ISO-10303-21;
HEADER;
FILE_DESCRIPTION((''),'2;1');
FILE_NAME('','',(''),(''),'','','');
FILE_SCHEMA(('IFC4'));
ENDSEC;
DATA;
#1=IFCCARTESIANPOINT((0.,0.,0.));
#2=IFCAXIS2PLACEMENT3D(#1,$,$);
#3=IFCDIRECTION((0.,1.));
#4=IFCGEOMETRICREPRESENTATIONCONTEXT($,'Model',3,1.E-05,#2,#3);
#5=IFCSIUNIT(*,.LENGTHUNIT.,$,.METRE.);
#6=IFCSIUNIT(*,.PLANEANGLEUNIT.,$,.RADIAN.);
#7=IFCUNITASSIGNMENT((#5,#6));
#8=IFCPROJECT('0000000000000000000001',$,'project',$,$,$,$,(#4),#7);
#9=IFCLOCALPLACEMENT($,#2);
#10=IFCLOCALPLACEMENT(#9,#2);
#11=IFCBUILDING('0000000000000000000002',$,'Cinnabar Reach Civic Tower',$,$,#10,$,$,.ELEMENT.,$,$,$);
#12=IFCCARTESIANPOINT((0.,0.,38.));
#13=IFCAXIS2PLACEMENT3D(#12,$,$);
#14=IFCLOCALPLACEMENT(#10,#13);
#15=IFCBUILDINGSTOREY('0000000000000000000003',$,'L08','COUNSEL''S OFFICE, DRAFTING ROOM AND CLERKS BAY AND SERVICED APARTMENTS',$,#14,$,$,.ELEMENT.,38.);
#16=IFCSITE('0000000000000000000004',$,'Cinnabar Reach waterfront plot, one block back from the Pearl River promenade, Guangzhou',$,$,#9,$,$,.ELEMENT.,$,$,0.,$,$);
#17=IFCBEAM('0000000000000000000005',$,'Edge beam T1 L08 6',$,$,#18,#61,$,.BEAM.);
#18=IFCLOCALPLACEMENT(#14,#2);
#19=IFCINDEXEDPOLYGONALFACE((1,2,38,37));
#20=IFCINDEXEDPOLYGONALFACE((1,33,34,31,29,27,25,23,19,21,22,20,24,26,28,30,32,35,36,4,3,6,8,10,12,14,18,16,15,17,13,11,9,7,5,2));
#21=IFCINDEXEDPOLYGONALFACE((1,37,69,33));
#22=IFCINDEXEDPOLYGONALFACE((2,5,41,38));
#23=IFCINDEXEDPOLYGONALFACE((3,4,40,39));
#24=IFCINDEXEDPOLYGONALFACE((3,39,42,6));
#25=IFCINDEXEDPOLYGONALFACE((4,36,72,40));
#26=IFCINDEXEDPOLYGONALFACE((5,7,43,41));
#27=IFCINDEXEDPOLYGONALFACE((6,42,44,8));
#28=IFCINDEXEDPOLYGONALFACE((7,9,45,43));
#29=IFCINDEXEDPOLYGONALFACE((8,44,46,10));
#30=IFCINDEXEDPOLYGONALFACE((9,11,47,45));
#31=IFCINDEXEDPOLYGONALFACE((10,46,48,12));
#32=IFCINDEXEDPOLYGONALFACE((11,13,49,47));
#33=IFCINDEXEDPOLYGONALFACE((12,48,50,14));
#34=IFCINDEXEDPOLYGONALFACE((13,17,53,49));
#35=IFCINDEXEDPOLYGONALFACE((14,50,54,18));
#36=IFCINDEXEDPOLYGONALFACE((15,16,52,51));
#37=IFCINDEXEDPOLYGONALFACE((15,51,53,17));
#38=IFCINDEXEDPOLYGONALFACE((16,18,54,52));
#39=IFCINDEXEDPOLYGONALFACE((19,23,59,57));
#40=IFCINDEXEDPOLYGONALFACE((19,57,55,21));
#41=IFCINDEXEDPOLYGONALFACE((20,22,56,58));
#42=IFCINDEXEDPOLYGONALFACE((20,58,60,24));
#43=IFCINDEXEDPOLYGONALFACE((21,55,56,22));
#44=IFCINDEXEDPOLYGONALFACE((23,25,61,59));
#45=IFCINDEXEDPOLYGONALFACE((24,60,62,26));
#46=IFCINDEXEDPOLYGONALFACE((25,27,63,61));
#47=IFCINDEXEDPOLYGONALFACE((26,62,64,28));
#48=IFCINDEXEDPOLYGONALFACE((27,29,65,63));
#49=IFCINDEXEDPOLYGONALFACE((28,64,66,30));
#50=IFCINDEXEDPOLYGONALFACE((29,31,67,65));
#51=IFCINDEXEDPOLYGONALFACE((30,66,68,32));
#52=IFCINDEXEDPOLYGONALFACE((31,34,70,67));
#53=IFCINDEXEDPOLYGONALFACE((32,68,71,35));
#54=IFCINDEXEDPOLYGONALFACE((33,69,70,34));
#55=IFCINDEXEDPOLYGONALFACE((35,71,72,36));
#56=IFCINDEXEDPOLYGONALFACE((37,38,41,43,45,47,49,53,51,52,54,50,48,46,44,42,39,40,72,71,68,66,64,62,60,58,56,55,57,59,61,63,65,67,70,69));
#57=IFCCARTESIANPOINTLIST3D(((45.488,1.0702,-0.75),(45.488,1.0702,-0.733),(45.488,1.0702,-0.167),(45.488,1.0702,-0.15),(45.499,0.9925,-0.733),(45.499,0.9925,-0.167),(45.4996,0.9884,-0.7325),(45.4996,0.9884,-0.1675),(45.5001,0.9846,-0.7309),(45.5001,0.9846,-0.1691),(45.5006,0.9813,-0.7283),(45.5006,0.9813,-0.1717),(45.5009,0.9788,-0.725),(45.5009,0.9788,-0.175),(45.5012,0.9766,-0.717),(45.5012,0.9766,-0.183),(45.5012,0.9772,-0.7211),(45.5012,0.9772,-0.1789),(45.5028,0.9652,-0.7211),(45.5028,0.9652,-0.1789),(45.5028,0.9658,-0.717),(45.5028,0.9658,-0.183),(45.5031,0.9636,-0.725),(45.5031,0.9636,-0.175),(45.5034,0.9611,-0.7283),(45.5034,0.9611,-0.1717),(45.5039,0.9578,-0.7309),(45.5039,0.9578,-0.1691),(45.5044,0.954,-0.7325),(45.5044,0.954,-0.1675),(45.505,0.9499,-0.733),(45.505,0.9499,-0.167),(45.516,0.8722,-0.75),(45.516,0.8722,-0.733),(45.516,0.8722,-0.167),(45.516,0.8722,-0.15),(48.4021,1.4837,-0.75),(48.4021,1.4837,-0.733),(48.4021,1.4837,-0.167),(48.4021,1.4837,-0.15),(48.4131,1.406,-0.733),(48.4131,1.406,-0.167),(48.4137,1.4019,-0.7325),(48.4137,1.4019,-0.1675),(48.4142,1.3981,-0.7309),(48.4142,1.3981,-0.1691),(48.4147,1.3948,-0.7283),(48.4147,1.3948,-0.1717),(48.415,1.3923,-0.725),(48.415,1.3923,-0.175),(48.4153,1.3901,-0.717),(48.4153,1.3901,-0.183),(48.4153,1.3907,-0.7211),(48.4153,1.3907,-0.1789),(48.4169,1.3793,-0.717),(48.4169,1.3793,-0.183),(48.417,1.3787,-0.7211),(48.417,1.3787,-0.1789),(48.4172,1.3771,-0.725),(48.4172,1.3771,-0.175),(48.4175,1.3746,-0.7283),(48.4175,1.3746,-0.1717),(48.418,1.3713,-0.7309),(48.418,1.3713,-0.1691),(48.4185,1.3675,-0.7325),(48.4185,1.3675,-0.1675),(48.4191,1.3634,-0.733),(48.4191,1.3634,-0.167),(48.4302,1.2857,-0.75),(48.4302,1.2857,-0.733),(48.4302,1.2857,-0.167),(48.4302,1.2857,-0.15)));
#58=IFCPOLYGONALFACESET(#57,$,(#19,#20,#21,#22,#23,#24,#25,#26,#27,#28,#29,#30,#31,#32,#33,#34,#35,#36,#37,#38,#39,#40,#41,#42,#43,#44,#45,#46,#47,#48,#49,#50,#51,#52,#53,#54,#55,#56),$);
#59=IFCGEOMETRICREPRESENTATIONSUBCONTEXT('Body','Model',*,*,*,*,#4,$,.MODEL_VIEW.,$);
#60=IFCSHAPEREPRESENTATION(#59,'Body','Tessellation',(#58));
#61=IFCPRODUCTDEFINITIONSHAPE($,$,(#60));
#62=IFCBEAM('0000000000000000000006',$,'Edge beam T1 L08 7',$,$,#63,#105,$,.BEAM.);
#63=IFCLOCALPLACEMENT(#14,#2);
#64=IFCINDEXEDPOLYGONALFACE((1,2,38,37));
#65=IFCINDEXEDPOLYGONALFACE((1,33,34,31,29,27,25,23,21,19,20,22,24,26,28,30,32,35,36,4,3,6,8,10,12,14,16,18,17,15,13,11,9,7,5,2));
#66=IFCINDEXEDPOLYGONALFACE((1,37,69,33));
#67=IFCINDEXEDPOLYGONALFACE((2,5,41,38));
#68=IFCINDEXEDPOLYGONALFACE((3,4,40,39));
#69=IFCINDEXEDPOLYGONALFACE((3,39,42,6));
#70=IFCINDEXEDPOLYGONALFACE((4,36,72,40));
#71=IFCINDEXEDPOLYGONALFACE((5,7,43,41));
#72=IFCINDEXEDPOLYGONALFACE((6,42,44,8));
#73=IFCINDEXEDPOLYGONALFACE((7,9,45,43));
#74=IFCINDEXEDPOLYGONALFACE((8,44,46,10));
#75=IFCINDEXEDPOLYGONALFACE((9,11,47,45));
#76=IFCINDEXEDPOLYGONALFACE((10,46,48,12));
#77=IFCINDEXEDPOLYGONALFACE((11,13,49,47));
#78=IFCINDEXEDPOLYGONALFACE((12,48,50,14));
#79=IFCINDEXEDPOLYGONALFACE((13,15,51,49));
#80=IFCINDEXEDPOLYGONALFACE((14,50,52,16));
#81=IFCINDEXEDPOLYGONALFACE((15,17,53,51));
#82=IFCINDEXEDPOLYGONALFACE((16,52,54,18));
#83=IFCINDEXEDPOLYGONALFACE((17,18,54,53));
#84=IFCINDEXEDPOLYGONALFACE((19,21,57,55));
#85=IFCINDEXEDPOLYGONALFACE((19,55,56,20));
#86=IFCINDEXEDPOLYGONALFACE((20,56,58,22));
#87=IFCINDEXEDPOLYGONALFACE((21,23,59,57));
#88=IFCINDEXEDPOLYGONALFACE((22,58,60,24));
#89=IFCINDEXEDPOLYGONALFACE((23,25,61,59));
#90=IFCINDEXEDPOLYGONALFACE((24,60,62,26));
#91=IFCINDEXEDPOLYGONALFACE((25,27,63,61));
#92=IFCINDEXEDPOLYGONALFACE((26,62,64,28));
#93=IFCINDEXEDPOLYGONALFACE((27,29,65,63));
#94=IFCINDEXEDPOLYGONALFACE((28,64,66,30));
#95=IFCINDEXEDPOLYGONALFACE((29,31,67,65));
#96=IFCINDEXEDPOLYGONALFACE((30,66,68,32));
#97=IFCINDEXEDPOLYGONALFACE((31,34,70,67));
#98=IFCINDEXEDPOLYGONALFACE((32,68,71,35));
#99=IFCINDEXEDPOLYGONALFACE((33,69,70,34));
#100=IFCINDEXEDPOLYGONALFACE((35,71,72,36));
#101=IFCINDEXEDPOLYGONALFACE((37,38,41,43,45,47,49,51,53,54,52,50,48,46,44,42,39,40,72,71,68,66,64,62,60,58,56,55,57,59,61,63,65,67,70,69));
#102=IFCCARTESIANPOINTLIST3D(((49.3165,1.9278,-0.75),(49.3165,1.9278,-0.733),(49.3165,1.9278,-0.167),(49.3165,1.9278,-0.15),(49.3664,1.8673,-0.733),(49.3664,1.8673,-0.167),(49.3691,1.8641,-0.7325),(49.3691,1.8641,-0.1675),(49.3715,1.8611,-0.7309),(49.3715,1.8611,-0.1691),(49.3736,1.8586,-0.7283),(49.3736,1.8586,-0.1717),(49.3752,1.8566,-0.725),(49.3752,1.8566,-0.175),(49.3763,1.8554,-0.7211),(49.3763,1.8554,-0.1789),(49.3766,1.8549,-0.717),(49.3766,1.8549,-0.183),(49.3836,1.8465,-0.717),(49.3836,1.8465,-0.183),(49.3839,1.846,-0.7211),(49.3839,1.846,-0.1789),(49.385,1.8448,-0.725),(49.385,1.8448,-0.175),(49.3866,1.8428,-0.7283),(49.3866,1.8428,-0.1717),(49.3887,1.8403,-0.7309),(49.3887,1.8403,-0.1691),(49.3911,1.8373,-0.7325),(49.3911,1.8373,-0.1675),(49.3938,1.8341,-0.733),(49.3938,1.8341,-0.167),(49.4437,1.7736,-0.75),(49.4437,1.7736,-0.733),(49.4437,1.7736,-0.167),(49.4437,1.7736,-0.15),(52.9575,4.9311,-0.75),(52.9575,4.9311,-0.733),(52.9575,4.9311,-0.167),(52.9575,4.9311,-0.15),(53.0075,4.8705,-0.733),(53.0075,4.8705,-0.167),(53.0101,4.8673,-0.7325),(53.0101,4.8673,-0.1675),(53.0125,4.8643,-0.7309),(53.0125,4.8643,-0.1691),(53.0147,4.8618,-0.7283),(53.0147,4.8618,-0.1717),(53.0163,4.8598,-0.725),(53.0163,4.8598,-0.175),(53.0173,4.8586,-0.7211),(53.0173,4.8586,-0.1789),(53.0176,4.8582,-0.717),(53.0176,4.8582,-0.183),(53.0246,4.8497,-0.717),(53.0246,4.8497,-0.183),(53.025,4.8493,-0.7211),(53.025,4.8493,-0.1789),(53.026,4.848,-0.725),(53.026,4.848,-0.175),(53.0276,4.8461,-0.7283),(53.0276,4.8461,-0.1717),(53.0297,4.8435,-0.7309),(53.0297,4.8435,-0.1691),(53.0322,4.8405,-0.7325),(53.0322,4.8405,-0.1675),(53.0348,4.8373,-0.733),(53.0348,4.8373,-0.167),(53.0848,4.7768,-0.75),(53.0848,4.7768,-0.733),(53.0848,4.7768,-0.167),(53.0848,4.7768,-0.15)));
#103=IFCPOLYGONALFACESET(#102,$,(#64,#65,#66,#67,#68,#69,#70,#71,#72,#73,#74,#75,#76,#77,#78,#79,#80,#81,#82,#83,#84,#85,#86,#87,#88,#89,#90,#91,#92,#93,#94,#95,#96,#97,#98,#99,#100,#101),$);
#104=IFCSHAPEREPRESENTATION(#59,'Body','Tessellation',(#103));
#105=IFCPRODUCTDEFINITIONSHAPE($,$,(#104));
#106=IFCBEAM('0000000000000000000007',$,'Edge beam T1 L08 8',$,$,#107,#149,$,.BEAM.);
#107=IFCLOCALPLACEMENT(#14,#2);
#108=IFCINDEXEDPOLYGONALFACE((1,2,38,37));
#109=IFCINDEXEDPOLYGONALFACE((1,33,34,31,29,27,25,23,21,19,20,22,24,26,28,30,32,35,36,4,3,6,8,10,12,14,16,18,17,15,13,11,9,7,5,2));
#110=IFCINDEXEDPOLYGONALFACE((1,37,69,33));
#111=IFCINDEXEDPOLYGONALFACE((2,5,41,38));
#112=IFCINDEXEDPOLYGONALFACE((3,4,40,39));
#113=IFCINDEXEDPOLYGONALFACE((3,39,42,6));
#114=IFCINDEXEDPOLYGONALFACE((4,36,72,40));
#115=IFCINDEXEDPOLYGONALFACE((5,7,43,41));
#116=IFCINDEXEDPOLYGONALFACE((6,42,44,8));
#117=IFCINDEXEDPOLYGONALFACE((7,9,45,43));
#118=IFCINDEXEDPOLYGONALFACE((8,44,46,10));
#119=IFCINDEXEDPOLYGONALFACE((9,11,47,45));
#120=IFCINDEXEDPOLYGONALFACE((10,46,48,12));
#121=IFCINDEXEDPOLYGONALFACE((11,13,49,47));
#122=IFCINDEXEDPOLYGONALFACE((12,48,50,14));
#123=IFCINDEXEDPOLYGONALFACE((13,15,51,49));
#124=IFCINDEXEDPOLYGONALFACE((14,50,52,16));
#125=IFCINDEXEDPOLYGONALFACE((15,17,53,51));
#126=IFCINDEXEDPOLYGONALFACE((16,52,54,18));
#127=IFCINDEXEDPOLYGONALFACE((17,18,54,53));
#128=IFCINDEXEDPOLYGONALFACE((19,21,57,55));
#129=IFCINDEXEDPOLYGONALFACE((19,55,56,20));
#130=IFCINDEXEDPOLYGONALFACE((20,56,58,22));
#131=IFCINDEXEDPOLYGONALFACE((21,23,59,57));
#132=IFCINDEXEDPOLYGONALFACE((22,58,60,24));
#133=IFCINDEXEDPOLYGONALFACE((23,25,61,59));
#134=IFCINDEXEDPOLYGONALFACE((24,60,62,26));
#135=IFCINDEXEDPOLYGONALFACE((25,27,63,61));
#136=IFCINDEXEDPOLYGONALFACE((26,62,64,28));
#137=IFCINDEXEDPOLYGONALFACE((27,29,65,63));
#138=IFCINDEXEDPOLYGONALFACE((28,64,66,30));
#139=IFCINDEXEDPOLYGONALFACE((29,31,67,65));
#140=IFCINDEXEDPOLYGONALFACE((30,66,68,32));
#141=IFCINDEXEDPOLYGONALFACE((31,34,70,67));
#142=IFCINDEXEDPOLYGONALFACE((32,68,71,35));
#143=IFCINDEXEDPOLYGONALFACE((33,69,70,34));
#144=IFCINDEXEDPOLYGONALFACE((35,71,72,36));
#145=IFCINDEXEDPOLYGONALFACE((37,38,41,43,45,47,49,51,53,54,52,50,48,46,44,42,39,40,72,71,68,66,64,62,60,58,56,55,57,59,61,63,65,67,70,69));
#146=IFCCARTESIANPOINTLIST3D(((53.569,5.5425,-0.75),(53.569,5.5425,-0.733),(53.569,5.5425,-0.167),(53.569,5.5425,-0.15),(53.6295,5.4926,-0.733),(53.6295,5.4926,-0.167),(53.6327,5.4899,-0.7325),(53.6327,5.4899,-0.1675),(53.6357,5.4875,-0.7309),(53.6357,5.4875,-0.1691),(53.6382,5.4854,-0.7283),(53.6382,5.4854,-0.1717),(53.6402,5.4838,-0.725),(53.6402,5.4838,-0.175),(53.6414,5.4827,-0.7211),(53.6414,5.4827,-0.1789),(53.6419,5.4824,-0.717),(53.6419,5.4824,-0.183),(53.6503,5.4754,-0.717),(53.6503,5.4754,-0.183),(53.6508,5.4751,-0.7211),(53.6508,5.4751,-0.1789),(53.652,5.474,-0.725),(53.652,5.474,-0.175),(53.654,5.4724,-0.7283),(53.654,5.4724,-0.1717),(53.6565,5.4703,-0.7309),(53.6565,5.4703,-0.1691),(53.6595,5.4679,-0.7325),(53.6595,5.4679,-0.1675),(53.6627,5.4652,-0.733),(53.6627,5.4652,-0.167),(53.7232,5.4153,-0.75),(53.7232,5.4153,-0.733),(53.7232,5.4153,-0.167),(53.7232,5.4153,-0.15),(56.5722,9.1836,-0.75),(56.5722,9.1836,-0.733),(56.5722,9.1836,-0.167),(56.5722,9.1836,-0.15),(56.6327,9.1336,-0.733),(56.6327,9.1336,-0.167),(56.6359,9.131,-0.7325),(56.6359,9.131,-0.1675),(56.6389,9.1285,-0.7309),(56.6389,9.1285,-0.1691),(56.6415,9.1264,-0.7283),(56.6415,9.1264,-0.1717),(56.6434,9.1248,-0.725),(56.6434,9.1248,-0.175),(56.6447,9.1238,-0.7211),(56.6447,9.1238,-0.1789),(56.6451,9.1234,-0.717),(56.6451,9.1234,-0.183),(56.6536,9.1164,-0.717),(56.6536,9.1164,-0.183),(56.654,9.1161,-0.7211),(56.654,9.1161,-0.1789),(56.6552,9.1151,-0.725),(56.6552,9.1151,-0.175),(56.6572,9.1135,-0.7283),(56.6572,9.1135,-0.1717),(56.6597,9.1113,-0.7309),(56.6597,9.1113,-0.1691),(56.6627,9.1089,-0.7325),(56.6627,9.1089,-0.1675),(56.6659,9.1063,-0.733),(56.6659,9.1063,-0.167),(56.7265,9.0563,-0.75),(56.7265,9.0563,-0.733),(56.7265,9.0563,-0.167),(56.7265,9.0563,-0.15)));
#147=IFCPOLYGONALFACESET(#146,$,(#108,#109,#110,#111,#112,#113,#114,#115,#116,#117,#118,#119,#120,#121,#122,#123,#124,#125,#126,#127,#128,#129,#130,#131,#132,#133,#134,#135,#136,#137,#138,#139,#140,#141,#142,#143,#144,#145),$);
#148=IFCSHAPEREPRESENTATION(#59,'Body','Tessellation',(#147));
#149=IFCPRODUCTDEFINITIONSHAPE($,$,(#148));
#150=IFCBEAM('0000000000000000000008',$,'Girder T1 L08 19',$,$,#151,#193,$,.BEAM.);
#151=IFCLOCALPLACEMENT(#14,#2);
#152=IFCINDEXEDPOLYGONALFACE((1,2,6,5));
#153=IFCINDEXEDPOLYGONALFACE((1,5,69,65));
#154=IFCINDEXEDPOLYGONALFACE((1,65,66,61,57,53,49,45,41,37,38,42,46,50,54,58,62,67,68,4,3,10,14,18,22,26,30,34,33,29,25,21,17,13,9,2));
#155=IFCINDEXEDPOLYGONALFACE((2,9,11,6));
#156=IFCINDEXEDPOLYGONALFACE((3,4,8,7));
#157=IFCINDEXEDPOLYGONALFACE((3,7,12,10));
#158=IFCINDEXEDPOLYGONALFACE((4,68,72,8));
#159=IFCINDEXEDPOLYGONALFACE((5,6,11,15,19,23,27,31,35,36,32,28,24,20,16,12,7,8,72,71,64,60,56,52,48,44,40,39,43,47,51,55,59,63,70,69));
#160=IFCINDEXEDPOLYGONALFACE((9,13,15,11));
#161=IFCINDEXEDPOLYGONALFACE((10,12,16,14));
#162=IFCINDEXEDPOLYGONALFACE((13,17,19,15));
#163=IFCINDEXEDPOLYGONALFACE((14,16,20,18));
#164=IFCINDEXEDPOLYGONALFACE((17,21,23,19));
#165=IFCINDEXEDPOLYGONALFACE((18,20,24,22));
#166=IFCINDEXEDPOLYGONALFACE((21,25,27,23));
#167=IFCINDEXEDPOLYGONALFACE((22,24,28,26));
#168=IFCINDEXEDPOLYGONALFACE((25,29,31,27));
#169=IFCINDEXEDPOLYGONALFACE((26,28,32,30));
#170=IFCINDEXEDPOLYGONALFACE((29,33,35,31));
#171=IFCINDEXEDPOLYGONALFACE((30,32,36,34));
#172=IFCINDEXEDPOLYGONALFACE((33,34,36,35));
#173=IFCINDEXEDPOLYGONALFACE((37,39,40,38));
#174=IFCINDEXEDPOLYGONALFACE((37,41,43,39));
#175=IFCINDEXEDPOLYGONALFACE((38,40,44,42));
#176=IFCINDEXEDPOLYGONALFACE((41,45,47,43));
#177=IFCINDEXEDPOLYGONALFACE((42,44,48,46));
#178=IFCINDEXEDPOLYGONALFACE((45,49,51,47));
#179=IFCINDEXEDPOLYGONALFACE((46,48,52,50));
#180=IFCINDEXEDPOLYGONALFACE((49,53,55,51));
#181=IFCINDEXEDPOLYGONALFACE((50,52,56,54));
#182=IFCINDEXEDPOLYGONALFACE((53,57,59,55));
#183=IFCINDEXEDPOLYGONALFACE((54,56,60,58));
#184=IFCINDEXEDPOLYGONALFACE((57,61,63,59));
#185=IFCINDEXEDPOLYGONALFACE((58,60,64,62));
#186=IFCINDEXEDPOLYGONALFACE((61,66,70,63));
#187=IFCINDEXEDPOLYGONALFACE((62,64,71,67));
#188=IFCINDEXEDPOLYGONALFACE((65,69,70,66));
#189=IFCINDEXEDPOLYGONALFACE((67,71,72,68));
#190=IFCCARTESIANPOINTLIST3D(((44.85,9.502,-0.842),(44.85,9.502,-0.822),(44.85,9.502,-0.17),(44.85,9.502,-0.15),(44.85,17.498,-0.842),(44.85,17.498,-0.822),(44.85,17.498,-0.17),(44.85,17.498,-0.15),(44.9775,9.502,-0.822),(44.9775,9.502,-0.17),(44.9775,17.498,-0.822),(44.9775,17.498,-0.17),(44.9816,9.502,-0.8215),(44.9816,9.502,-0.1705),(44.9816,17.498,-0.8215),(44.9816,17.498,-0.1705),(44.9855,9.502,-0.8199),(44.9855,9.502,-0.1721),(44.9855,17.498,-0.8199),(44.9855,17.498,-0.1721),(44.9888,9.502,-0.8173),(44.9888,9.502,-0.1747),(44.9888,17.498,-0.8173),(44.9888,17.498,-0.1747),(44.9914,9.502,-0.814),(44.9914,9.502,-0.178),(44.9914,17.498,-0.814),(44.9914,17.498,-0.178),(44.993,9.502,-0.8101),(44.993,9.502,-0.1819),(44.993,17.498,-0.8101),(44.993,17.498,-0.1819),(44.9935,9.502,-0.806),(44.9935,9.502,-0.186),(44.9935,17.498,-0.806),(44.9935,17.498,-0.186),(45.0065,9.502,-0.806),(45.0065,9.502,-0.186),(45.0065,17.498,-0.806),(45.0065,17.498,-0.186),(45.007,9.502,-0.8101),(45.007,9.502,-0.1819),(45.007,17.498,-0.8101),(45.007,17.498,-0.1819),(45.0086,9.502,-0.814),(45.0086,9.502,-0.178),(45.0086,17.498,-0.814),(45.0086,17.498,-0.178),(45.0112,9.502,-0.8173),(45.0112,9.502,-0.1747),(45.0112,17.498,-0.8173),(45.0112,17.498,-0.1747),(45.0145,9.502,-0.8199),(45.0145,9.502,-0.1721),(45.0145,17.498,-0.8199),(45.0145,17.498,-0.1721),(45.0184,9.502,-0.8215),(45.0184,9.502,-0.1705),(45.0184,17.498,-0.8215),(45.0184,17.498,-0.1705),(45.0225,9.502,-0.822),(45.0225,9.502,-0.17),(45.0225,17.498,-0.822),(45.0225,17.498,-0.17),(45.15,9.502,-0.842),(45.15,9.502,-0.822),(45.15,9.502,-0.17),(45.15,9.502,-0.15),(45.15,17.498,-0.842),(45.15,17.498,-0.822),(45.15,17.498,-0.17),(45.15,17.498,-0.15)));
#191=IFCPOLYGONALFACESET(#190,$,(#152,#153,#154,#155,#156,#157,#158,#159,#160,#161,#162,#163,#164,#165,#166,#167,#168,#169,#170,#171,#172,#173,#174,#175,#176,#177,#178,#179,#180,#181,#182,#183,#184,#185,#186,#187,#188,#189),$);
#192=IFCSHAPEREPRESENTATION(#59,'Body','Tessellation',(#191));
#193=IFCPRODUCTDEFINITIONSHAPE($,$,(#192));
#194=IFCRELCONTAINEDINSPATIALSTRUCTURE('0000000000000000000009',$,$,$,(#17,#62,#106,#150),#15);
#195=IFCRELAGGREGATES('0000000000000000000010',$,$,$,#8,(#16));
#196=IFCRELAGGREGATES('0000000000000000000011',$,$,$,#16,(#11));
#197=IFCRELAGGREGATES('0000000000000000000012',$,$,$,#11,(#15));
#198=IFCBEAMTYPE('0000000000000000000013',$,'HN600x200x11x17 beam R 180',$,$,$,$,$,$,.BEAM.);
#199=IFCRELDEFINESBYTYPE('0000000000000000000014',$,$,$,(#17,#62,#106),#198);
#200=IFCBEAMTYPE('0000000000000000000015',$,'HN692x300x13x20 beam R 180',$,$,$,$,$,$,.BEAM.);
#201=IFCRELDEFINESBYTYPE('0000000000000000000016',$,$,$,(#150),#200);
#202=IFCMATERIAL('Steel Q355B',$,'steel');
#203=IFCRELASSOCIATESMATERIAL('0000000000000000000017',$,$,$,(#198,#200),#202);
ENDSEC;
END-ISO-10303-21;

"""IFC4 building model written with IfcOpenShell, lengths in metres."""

from ifc_helpers import new_model, si_unit, direction, frame, origin, origin_2d, place, context, subcontext, project, spatial, i_section, extrude, material, material_profile, profile_set, type_object, element, save


model = new_model("IFC4")

# Units and contexts
model_context = context("Model", 3, precision=1e-05, world=origin(), true_north=direction((0.0, 1.0)))
body_context = subcontext(model_context, "Body", "Model", "MODEL_VIEW")
ifc_project = project(units=[si_unit("LENGTHUNIT", "METRE"), si_unit("PLANEANGLEUNIT", "RADIAN")], contexts=[model_context])

# Site, building, storey
site_placement = place(None, origin())
site = spatial("IfcSite", under=ifc_project, at=site_placement, Name="Cinnabar Reach waterfront plot, one block back from the Pearl River promenade, Guangzhou", CompositionType="ELEMENT", RefElevation=0.0)
building_placement = place(site_placement, origin())
building = spatial("IfcBuilding", under=site, at=building_placement, Name="Cinnabar Reach Civic Tower", CompositionType="ELEMENT")
storey_placement = place(building_placement, frame((0.0, 0.0, 38.0)))
storey = spatial("IfcBuildingStorey", under=building, at=storey_placement, Name="L08", Description="COUNSEL'S OFFICE, DRAFTING ROOM AND CLERKS BAY AND SERVICED APARTMENTS", CompositionType="ELEMENT", Elevation=38.0)

# Beams
ifc_material_1 = material(Name="Steel Q355B", Category="steel")
ifc_material_profile_1 = material_profile(ifc_material_1, i_section(OverallWidth=0.2, OverallDepth=0.6, WebThickness=0.011, FlangeThickness=0.017, FilletRadius=0.016, at=origin_2d()), Name="HN600x200x11x17")
ifc_profile_set_1 = profile_set([ifc_material_profile_1], Name="Steel Q355B")
beam_type_1 = type_object("IfcBeamType", Name="HN600x200x11x17 beam R 180", PredefinedType="BEAM", material=ifc_profile_set_1)
beam_1_placement = place(storey_placement, frame((45.502, 0.9712, -0.45), z_axis=(0.990082, 0.140489, 0.0), x_axis=(-0.140489, 0.990082, 0.0)))
element("IfcBeam", 1, at=beam_1_placement, inside=storey, type_object=beam_type_1, Name="Edge beam T1 L08 6", PredefinedType="BEAM", context=body_context, shape_type="SweptSolid", body=[
    extrude(i_section(OverallWidth=0.2, OverallDepth=0.6, WebThickness=0.011, FlangeThickness=0.017, FilletRadius=0.016, at=origin_2d()), origin(), (0.0, 0.0, 1.0), 2.9433),
])
for number, where, z_axis, x_axis, name in (
    (2, (49.3801, 1.8507, -0.45), (0.771438, 0.636304, 0.0), (-0.636304, 0.771438, 0.0), "Edge beam T1 L08 7"),
    (3, (53.6461, 5.4789, -0.45), (0.636304, 0.771438, 0.0), (-0.771438, 0.636304, 0.0), "Edge beam T1 L08 8"),
):
    element("IfcBeam", number, at=place(storey_placement, frame(where, z_axis=z_axis, x_axis=x_axis)), inside=storey, type_object=beam_type_1, Name=name, PredefinedType="BEAM", context=body_context, shape_type="SweptSolid", body=[
        extrude(i_section(OverallWidth=0.2, OverallDepth=0.6, WebThickness=0.011, FlangeThickness=0.017, FilletRadius=0.016, at=origin_2d()), origin(), (0.0, 0.0, 1.0), 4.7198),
    ])
ifc_material_profile_2 = material_profile(ifc_material_1, i_section(OverallWidth=0.3, OverallDepth=0.692, WebThickness=0.013, FlangeThickness=0.02, FilletRadius=0.016, at=origin_2d()), Name="HN692x300x13x20")
ifc_profile_set_2 = profile_set([ifc_material_profile_2], Name="Steel Q355B")
beam_type_2 = type_object("IfcBeamType", Name="HN692x300x13x20 beam R 180", PredefinedType="BEAM", material=ifc_profile_set_2)
for number, where, z_axis, x_axis, name in (
    (4, (45.0, 9.502, -0.496), (0.0, 1.0, 0.0), (-1.0, 0.0, 0.0), "Girder T1 L08 19"),
):
    element("IfcBeam", number, at=place(storey_placement, frame(where, z_axis=z_axis, x_axis=x_axis)), inside=storey, type_object=beam_type_2, Name=name, PredefinedType="BEAM", context=body_context, shape_type="SweptSolid", body=[
        extrude(i_section(OverallWidth=0.3, OverallDepth=0.692, WebThickness=0.013, FlangeThickness=0.02, FilletRadius=0.016, at=origin_2d()), origin(), (0.0, 0.0, 1.0), 7.996),
    ])

save(model, "model.ifc")
